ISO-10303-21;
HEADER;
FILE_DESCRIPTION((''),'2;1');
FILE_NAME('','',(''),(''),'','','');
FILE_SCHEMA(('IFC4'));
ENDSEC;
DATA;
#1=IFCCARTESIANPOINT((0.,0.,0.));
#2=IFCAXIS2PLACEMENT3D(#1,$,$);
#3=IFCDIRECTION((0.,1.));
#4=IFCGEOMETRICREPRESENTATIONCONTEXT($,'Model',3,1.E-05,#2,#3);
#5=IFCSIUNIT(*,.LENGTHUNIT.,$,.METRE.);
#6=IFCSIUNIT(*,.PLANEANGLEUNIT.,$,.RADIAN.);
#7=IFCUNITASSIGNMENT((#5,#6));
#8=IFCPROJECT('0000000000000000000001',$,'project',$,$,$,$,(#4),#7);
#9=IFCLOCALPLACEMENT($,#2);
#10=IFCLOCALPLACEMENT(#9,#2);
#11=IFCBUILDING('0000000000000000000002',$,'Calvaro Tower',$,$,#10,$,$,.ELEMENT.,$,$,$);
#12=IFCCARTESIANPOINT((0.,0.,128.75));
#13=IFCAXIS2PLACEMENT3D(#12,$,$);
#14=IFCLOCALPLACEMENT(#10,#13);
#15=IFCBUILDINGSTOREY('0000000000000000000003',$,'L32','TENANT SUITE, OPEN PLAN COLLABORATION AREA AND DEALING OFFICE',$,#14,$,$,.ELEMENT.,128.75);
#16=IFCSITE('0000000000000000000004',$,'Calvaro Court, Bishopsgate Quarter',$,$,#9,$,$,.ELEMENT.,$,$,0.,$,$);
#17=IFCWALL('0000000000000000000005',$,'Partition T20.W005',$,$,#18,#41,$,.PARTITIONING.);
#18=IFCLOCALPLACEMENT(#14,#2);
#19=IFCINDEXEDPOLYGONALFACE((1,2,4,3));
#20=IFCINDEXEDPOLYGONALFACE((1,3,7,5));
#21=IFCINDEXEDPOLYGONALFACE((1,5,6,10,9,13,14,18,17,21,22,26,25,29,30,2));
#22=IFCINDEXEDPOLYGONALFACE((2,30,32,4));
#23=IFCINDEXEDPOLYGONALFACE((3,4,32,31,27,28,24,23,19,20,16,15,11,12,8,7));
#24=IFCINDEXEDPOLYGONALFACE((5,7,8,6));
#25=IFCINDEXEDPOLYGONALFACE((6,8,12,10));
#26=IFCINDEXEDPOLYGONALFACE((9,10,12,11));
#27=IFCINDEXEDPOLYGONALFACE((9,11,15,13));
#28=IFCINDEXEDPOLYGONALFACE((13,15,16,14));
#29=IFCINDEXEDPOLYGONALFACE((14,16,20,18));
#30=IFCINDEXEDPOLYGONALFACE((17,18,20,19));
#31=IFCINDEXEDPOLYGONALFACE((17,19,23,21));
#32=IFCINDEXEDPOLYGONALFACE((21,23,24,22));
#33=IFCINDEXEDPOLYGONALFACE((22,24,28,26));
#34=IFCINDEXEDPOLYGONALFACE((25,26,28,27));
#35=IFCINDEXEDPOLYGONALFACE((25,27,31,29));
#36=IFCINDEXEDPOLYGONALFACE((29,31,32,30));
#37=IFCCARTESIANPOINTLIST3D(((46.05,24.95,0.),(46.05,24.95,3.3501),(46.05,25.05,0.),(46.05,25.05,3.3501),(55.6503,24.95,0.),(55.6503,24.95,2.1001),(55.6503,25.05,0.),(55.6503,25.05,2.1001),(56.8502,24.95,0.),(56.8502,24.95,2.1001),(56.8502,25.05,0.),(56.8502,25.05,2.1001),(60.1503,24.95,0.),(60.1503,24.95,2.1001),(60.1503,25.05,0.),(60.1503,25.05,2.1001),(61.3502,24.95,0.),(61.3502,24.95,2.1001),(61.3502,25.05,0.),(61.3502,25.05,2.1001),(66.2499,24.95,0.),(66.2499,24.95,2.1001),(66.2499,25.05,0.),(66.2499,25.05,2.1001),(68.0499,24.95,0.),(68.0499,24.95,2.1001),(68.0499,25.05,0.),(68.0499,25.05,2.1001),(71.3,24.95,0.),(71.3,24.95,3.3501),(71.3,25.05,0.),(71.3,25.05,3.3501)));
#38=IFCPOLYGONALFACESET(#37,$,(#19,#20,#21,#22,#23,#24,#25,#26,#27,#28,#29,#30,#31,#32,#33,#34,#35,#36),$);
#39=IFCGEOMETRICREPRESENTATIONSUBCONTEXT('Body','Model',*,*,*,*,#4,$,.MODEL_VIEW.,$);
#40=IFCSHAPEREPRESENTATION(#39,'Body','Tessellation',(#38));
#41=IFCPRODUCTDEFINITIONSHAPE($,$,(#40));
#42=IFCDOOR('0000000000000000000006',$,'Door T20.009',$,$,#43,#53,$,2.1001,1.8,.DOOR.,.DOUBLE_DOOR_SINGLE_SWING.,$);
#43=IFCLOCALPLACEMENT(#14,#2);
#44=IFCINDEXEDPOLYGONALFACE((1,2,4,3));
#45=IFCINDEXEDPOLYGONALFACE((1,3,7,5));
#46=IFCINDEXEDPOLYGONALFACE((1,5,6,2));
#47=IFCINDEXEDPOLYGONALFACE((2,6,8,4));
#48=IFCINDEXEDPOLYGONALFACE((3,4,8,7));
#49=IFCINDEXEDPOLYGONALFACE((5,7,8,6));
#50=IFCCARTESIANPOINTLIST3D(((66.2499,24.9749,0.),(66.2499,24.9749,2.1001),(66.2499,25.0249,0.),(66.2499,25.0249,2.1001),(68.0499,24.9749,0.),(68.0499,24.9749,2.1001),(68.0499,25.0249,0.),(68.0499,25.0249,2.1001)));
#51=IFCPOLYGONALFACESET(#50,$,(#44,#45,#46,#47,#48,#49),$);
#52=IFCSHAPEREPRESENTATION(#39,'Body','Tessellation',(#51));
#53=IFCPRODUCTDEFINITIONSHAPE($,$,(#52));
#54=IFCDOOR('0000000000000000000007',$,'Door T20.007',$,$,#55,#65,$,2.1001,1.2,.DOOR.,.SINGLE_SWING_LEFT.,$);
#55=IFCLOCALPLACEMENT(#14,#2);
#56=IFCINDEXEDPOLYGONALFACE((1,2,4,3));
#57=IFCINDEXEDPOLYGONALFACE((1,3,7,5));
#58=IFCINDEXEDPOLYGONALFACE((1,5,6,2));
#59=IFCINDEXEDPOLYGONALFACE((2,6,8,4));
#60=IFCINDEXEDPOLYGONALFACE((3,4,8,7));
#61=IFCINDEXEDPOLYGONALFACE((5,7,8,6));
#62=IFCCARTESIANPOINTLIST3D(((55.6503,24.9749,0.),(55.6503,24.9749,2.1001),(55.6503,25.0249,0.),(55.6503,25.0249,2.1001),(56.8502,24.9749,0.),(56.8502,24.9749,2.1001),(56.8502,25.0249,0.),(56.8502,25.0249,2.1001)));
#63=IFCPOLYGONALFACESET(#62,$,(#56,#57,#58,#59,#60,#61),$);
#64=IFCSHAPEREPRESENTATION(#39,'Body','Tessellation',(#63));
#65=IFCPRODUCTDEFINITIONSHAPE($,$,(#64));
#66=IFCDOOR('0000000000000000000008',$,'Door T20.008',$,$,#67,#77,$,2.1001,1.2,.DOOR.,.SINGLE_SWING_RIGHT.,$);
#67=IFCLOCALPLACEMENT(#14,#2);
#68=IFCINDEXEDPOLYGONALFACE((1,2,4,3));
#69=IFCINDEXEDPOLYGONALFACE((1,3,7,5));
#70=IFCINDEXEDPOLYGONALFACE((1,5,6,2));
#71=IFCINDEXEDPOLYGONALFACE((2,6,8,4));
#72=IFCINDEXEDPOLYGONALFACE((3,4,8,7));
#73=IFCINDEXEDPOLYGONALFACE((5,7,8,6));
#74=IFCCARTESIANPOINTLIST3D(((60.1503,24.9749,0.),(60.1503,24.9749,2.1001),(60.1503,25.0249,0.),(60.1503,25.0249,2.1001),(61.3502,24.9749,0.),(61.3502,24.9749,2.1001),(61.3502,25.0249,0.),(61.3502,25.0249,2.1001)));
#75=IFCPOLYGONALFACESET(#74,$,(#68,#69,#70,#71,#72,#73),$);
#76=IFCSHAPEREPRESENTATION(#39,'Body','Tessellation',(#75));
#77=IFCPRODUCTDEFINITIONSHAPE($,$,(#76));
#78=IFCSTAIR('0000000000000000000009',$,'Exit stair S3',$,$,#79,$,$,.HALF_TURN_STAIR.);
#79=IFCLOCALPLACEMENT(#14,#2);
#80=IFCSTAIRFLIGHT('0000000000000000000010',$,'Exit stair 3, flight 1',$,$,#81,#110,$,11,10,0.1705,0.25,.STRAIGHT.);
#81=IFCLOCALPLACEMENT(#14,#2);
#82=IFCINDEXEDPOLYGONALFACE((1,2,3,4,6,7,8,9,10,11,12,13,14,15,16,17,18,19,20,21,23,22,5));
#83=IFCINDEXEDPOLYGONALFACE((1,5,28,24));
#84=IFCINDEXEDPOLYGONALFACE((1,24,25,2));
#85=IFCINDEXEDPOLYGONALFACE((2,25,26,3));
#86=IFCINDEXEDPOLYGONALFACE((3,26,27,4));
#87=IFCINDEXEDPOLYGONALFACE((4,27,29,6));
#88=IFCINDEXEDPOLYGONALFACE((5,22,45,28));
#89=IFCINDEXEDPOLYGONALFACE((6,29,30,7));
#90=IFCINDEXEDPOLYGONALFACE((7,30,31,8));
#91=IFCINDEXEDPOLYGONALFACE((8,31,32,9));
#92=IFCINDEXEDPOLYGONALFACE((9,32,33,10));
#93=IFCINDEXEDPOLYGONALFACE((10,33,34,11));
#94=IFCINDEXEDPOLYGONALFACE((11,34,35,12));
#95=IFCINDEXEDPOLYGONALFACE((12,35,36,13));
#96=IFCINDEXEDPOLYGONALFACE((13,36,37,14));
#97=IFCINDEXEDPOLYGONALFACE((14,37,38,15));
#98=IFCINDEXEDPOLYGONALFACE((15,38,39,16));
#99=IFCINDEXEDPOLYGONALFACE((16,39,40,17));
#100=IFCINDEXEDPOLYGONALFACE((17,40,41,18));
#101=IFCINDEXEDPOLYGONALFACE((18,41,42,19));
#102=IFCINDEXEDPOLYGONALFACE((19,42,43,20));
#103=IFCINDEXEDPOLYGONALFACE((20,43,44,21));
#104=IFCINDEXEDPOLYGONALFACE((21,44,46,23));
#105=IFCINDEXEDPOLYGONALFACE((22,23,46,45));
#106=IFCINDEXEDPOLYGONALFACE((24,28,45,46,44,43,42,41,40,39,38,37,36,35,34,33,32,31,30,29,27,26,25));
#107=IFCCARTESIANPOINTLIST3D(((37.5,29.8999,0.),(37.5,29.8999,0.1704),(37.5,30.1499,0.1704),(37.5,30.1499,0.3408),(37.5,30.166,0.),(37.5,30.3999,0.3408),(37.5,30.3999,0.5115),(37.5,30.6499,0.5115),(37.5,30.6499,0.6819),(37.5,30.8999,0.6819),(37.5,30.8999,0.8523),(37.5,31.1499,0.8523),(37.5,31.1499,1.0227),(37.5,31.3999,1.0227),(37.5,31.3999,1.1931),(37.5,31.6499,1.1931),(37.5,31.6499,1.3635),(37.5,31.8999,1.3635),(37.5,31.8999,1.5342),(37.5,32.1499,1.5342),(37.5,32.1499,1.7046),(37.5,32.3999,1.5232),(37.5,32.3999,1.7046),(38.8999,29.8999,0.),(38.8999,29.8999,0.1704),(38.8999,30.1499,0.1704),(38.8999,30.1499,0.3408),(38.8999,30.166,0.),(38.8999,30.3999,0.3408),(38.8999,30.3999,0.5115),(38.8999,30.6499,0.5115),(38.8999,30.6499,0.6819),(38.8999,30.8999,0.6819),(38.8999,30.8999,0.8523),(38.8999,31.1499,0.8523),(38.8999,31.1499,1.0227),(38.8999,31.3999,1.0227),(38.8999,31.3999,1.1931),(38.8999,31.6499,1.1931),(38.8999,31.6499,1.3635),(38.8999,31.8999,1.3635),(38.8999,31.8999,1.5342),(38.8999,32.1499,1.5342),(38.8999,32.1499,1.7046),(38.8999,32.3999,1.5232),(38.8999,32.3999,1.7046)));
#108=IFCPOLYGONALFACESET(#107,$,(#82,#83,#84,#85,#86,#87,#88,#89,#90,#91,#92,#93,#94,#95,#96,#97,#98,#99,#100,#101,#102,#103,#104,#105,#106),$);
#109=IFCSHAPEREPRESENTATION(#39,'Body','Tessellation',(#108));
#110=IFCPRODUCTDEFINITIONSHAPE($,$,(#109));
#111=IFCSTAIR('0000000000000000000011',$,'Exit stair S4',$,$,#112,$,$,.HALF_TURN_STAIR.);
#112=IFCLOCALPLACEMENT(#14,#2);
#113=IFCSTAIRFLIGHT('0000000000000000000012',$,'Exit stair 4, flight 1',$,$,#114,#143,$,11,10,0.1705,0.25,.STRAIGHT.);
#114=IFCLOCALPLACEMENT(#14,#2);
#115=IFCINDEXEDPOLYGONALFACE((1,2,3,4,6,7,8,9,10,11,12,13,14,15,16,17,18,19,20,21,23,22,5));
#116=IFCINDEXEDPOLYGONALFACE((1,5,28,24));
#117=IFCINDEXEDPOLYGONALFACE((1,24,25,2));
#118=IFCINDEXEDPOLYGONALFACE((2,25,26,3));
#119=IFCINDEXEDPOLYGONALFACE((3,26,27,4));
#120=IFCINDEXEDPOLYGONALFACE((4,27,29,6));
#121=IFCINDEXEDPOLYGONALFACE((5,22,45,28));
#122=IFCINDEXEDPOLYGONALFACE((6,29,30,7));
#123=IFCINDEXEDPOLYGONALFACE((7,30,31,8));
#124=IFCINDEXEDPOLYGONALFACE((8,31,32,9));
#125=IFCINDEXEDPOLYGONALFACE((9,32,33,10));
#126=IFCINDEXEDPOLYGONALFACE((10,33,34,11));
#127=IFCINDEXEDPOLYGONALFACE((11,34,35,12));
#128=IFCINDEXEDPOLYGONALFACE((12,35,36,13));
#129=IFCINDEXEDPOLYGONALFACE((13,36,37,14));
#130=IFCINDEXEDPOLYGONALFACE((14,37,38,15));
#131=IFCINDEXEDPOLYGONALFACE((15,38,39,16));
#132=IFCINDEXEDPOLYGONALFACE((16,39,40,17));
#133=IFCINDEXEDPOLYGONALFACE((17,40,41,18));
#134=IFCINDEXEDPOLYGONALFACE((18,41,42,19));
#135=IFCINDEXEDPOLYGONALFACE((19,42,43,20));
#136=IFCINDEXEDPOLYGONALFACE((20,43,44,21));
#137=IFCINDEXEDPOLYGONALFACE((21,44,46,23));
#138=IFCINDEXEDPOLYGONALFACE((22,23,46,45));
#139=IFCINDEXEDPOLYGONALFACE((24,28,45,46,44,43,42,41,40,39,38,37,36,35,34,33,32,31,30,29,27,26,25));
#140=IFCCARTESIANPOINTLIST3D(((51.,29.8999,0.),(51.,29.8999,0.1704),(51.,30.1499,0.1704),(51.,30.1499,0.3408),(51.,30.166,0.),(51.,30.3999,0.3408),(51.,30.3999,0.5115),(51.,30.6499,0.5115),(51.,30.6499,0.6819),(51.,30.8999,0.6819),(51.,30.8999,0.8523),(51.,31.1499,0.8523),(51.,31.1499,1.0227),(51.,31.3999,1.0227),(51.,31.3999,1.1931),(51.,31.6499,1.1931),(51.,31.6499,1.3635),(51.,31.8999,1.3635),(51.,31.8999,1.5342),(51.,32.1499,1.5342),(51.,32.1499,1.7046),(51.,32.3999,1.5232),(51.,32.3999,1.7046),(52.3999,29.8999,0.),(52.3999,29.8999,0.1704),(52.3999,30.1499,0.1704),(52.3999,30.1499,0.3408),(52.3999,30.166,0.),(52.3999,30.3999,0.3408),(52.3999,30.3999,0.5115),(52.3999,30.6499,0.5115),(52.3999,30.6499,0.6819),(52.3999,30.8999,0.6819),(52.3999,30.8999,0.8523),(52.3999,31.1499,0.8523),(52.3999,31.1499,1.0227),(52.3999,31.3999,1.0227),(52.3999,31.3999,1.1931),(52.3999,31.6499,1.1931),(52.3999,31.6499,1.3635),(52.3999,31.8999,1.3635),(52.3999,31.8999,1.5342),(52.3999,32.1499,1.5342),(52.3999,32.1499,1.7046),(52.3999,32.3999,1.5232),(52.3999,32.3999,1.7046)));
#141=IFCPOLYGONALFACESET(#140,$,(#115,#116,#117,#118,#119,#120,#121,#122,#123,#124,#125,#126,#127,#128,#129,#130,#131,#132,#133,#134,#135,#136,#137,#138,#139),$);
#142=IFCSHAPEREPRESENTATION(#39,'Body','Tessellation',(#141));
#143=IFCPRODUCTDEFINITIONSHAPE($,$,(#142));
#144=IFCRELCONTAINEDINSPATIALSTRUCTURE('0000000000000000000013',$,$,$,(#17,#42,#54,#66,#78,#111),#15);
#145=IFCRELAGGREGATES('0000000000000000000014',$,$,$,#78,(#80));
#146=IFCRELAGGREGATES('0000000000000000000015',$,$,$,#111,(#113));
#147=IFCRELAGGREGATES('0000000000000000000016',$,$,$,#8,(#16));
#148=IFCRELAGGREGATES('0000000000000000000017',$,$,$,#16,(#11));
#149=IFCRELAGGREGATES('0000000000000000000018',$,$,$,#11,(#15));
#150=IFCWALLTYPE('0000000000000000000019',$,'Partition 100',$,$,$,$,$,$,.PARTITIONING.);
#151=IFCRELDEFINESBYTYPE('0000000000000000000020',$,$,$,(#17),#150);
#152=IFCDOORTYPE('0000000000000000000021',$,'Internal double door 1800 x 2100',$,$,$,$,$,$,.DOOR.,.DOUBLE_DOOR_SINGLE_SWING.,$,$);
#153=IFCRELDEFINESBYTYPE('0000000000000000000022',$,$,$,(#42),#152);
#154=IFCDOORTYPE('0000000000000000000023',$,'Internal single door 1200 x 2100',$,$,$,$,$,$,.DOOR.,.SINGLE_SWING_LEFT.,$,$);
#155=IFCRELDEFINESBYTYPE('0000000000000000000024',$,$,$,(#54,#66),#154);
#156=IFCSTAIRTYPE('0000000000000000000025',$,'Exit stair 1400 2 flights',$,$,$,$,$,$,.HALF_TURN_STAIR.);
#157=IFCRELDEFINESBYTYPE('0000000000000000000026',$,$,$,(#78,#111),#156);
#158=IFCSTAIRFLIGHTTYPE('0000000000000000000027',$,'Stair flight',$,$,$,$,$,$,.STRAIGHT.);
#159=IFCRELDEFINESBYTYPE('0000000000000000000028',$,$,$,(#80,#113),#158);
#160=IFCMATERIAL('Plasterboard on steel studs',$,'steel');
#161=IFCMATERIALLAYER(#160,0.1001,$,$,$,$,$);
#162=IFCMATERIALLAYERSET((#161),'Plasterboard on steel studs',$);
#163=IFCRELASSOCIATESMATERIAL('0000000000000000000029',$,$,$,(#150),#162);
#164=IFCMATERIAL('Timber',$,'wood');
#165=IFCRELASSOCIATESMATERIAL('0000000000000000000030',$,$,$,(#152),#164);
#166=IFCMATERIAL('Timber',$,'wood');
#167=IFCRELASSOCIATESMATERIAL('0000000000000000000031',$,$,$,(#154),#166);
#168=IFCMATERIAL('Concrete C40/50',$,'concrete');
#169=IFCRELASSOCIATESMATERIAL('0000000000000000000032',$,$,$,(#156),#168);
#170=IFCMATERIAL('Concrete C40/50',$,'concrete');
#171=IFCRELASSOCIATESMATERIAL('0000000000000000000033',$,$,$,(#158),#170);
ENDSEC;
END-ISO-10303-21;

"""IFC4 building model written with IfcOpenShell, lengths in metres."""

from ifc_helpers import new_model, si_unit, direction, frame, frame_2d, origin, place, context, subcontext, project, spatial, polyline, rectangle, outline, extrude, material, layer, layer_set, type_object, element, fill, aggregate, save


model = new_model("IFC4")

# Units and contexts
model_context = context("Model", 3, precision=1e-05, world=origin(), true_north=direction((0.0, 1.0)))
body_context = subcontext(model_context, "Body", "Model", "MODEL_VIEW")
ifc_project = project(units=[si_unit("LENGTHUNIT", "METRE"), si_unit("PLANEANGLEUNIT", "RADIAN")], contexts=[model_context])

# Site, building, storey
site_placement = place(None, origin())
site = spatial("IfcSite", under=ifc_project, at=site_placement, Name="Calvaro Court, Bishopsgate Quarter", CompositionType="ELEMENT", RefElevation=0.0)
building_placement = place(site_placement, origin())
building = spatial("IfcBuilding", under=site, at=building_placement, Name="Calvaro Tower", CompositionType="ELEMENT")
storey_placement = place(building_placement, frame((0.0, 0.0, 128.75)))
storey = spatial("IfcBuildingStorey", under=building, at=storey_placement, Name="L32", Description="TENANT SUITE, OPEN PLAN COLLABORATION AREA AND DEALING OFFICE", CompositionType="ELEMENT", Elevation=128.75)

# Shared definitions
ifc_material_1 = material(Name="Plasterboard on steel studs", Category="steel")
ifc_layer_1 = layer(ifc_material_1, 0.1001)
ifc_layer_set_1 = layer_set([ifc_layer_1], Name="Plasterboard on steel studs")
wall_type_1 = type_object("IfcWallType", Name="Partition 100", PredefinedType="PARTITIONING", material=ifc_layer_set_1)

# Wall, openings, doors
wall_1_placement = place(storey_placement, frame((46.05, 25.0, 0.0), z_axis=(0.0, 0.0, 1.0), x_axis=(1.0, 0.0, 0.0)))
wall_1 = element("IfcWall", 1, at=wall_1_placement, inside=storey, type_object=wall_type_1, Name="Partition T20.W005", PredefinedType="PARTITIONING", context=body_context, shape_type="SweptSolid", body=[
    extrude(rectangle(XDim=25.25, YDim=0.1001, at=frame_2d((12.625, 0.0))), origin(), (0.0, 0.0, 1.0), 3.3501),
])
opening_1_placement = place(wall_1_placement, frame((9.6001, 0.0, 0.0)))
opening_1 = element("IfcOpeningElement", 2, at=opening_1_placement, cuts=wall_1, PredefinedType="OPENING", context=body_context, shape_type="SweptSolid", body=[
    extrude(rectangle(XDim=1.2, YDim=2.1001, at=frame_2d((0.6001, 1.05))), frame((0.0, 0.0601, 0.0), z_axis=(0.0, -1.0, 0.0), x_axis=(1.0, 0.0, 0.0)), (0.0, 0.0, 1.0), 0.1201),
])
opening_2_placement = place(wall_1_placement, frame((14.1001, 0.0, 0.0)))
opening_2 = element("IfcOpeningElement", 3, at=opening_2_placement, cuts=wall_1, PredefinedType="OPENING", context=body_context, shape_type="SweptSolid", body=[
    extrude(rectangle(XDim=1.2, YDim=2.1001, at=frame_2d((0.6001, 1.05))), frame((0.0, 0.0601, 0.0), z_axis=(0.0, -1.0, 0.0), x_axis=(1.0, 0.0, 0.0)), (0.0, 0.0, 1.0), 0.1201),
])
opening_3_placement = place(wall_1_placement, frame((20.2, 0.0, 0.0)))
opening_3 = element("IfcOpeningElement", 4, at=opening_3_placement, cuts=wall_1, PredefinedType="OPENING", context=body_context, shape_type="SweptSolid", body=[
    extrude(rectangle(XDim=1.8, YDim=2.1001, at=frame_2d((0.8999, 1.05))), frame((0.0, 0.0601, 0.0), z_axis=(0.0, -1.0, 0.0), x_axis=(1.0, 0.0, 0.0)), (0.0, 0.0, 1.0), 0.1201),
])
ifc_material_2 = material(Name="Timber", Category="wood")
door_type_1 = type_object("IfcDoorType", Name="Internal double door 1800 x 2100", OperationType="DOUBLE_DOOR_SINGLE_SWING", PredefinedType="DOOR", material=ifc_material_2)
door_1_placement = place(opening_3_placement, origin())
door_1 = element("IfcDoor", 5, at=door_1_placement, inside=storey, type_object=door_type_1, Name="Door T20.009", OperationType="DOUBLE_DOOR_SINGLE_SWING", OverallHeight=2.1001, OverallWidth=1.8, PredefinedType="DOOR", context=body_context, shape_type="SweptSolid", body=[
    extrude(rectangle(XDim=1.8, YDim=2.1001, at=frame_2d((0.8999, 1.05))), frame((0.0, 0.0249, 0.0), z_axis=(0.0, -1.0, 0.0), x_axis=(1.0, 0.0, 0.0)), (0.0, 0.0, 1.0), 0.05),
])
fill(opening_3, door_1)
ifc_material_3 = material(Name="Timber", Category="wood")
door_type_2 = type_object("IfcDoorType", Name="Internal single door 1200 x 2100", OperationType="SINGLE_SWING_LEFT", PredefinedType="DOOR", material=ifc_material_3)
door_2_placement = place(opening_1_placement, origin())
door_2 = element("IfcDoor", 6, at=door_2_placement, inside=storey, type_object=door_type_2, Name="Door T20.007", OperationType="SINGLE_SWING_LEFT", OverallHeight=2.1001, OverallWidth=1.2, PredefinedType="DOOR", context=body_context, shape_type="SweptSolid", body=[
    extrude(rectangle(XDim=1.2, YDim=2.1001, at=frame_2d((0.6001, 1.05))), frame((0.0, 0.0249, 0.0), z_axis=(0.0, -1.0, 0.0), x_axis=(1.0, 0.0, 0.0)), (0.0, 0.0, 1.0), 0.05),
])
fill(opening_1, door_2)
door_3_placement = place(opening_2_placement, origin())
door_3 = element("IfcDoor", 7, at=door_3_placement, inside=storey, type_object=door_type_2, Name="Door T20.008", OperationType="SINGLE_SWING_RIGHT", OverallHeight=2.1001, OverallWidth=1.2, PredefinedType="DOOR", context=body_context, shape_type="SweptSolid", body=[
    extrude(rectangle(XDim=1.2, YDim=2.1001, at=frame_2d((0.6001, 1.05))), frame((0.0, 0.0249, 0.0), z_axis=(0.0, -1.0, 0.0), x_axis=(1.0, 0.0, 0.0)), (0.0, 0.0, 1.0), 0.05),
])
fill(opening_2, door_3)

# Stairs, stair flights
ifc_material_4 = material(Name="Concrete C40/50", Category="concrete")
stair_type = type_object("IfcStairType", Name="Exit stair 1400 2 flights", PredefinedType="HALF_TURN_STAIR", material=ifc_material_4)
stair_1_placement = place(storey_placement, origin())
stair_1 = element("IfcStair", 8, at=stair_1_placement, inside=storey, type_object=stair_type, Name="Exit stair S3", PredefinedType="HALF_TURN_STAIR")
ifc_material_5 = material(Name="Concrete C40/50", Category="concrete")
stair_flight_type = type_object("IfcStairFlightType", Name="Stair flight", PredefinedType="STRAIGHT", material=ifc_material_5)
stair_flight_1_placement = place(storey_placement, frame((38.2, 29.8999, 0.0), z_axis=(0.0, 0.0, 1.0), x_axis=(0.0, 1.0, 0.0)))
stair_flight_1 = element("IfcStairFlight", 9, at=stair_flight_1_placement, type_object=stair_flight_type, Name="Exit stair 3, flight 1", NumberOfRisers=11, NumberOfTreads=10, PredefinedType="STRAIGHT", RiserHeight=0.1705, TreadLength=0.25, context=body_context, shape_type="SweptSolid", body=[
    extrude(outline(polyline([(0.0, 0.0), (0.0, 0.1704), (0.25, 0.1704), (0.25, 0.3408), (0.5, 0.3408), (0.5, 0.5115), (0.75, 0.5115), (0.75, 0.6819), (1.0, 0.6819), (1.0, 0.8523), (1.25, 0.8523), (1.25, 1.0227), (1.5, 1.0227), (1.5, 1.1931), (1.75, 1.1931), (1.75, 1.3635), (2.0, 1.3635), (2.0, 1.5342), (2.25, 1.5342), (2.25, 1.7046), (2.5, 1.7046), (2.5, 1.875), (2.5, 1.5232), (0.2661, 0.0), (0.0, 0.0)])), frame((0.0, 0.7, 0.0), z_axis=(0.0, -1.0, 0.0), x_axis=(1.0, 0.0, 0.0)), (0.0, 0.0, 1.0), 1.3999),
])
stair_2_placement = place(storey_placement, origin())
stair_2 = element("IfcStair", 10, at=stair_2_placement, inside=storey, type_object=stair_type, Name="Exit stair S4", PredefinedType="HALF_TURN_STAIR")
stair_flight_2_placement = place(storey_placement, frame((51.7, 29.8999, 0.0), z_axis=(0.0, 0.0, 1.0), x_axis=(0.0, 1.0, 0.0)))
stair_flight_2 = element("IfcStairFlight", 11, at=stair_flight_2_placement, type_object=stair_flight_type, Name="Exit stair 4, flight 1", NumberOfRisers=11, NumberOfTreads=10, PredefinedType="STRAIGHT", RiserHeight=0.1705, TreadLength=0.25, context=body_context, shape_type="SweptSolid", body=[
    extrude(outline(polyline([(0.0, 0.0), (0.0, 0.1704), (0.25, 0.1704), (0.25, 0.3408), (0.5, 0.3408), (0.5, 0.5115), (0.75, 0.5115), (0.75, 0.6819), (1.0, 0.6819), (1.0, 0.8523), (1.25, 0.8523), (1.25, 1.0227), (1.5, 1.0227), (1.5, 1.1931), (1.75, 1.1931), (1.75, 1.3635), (2.0, 1.3635), (2.0, 1.5342), (2.25, 1.5342), (2.25, 1.7046), (2.5, 1.7046), (2.5, 1.875), (2.5, 1.5232), (0.2661, 0.0), (0.0, 0.0)])), frame((0.0, 0.7, 0.0), z_axis=(0.0, -1.0, 0.0), x_axis=(1.0, 0.0, 0.0)), (0.0, 0.0, 1.0), 1.3999),
])

aggregate(stair_1, [stair_flight_1])
aggregate(stair_2, [stair_flight_2])

save(model, "model.ifc")
